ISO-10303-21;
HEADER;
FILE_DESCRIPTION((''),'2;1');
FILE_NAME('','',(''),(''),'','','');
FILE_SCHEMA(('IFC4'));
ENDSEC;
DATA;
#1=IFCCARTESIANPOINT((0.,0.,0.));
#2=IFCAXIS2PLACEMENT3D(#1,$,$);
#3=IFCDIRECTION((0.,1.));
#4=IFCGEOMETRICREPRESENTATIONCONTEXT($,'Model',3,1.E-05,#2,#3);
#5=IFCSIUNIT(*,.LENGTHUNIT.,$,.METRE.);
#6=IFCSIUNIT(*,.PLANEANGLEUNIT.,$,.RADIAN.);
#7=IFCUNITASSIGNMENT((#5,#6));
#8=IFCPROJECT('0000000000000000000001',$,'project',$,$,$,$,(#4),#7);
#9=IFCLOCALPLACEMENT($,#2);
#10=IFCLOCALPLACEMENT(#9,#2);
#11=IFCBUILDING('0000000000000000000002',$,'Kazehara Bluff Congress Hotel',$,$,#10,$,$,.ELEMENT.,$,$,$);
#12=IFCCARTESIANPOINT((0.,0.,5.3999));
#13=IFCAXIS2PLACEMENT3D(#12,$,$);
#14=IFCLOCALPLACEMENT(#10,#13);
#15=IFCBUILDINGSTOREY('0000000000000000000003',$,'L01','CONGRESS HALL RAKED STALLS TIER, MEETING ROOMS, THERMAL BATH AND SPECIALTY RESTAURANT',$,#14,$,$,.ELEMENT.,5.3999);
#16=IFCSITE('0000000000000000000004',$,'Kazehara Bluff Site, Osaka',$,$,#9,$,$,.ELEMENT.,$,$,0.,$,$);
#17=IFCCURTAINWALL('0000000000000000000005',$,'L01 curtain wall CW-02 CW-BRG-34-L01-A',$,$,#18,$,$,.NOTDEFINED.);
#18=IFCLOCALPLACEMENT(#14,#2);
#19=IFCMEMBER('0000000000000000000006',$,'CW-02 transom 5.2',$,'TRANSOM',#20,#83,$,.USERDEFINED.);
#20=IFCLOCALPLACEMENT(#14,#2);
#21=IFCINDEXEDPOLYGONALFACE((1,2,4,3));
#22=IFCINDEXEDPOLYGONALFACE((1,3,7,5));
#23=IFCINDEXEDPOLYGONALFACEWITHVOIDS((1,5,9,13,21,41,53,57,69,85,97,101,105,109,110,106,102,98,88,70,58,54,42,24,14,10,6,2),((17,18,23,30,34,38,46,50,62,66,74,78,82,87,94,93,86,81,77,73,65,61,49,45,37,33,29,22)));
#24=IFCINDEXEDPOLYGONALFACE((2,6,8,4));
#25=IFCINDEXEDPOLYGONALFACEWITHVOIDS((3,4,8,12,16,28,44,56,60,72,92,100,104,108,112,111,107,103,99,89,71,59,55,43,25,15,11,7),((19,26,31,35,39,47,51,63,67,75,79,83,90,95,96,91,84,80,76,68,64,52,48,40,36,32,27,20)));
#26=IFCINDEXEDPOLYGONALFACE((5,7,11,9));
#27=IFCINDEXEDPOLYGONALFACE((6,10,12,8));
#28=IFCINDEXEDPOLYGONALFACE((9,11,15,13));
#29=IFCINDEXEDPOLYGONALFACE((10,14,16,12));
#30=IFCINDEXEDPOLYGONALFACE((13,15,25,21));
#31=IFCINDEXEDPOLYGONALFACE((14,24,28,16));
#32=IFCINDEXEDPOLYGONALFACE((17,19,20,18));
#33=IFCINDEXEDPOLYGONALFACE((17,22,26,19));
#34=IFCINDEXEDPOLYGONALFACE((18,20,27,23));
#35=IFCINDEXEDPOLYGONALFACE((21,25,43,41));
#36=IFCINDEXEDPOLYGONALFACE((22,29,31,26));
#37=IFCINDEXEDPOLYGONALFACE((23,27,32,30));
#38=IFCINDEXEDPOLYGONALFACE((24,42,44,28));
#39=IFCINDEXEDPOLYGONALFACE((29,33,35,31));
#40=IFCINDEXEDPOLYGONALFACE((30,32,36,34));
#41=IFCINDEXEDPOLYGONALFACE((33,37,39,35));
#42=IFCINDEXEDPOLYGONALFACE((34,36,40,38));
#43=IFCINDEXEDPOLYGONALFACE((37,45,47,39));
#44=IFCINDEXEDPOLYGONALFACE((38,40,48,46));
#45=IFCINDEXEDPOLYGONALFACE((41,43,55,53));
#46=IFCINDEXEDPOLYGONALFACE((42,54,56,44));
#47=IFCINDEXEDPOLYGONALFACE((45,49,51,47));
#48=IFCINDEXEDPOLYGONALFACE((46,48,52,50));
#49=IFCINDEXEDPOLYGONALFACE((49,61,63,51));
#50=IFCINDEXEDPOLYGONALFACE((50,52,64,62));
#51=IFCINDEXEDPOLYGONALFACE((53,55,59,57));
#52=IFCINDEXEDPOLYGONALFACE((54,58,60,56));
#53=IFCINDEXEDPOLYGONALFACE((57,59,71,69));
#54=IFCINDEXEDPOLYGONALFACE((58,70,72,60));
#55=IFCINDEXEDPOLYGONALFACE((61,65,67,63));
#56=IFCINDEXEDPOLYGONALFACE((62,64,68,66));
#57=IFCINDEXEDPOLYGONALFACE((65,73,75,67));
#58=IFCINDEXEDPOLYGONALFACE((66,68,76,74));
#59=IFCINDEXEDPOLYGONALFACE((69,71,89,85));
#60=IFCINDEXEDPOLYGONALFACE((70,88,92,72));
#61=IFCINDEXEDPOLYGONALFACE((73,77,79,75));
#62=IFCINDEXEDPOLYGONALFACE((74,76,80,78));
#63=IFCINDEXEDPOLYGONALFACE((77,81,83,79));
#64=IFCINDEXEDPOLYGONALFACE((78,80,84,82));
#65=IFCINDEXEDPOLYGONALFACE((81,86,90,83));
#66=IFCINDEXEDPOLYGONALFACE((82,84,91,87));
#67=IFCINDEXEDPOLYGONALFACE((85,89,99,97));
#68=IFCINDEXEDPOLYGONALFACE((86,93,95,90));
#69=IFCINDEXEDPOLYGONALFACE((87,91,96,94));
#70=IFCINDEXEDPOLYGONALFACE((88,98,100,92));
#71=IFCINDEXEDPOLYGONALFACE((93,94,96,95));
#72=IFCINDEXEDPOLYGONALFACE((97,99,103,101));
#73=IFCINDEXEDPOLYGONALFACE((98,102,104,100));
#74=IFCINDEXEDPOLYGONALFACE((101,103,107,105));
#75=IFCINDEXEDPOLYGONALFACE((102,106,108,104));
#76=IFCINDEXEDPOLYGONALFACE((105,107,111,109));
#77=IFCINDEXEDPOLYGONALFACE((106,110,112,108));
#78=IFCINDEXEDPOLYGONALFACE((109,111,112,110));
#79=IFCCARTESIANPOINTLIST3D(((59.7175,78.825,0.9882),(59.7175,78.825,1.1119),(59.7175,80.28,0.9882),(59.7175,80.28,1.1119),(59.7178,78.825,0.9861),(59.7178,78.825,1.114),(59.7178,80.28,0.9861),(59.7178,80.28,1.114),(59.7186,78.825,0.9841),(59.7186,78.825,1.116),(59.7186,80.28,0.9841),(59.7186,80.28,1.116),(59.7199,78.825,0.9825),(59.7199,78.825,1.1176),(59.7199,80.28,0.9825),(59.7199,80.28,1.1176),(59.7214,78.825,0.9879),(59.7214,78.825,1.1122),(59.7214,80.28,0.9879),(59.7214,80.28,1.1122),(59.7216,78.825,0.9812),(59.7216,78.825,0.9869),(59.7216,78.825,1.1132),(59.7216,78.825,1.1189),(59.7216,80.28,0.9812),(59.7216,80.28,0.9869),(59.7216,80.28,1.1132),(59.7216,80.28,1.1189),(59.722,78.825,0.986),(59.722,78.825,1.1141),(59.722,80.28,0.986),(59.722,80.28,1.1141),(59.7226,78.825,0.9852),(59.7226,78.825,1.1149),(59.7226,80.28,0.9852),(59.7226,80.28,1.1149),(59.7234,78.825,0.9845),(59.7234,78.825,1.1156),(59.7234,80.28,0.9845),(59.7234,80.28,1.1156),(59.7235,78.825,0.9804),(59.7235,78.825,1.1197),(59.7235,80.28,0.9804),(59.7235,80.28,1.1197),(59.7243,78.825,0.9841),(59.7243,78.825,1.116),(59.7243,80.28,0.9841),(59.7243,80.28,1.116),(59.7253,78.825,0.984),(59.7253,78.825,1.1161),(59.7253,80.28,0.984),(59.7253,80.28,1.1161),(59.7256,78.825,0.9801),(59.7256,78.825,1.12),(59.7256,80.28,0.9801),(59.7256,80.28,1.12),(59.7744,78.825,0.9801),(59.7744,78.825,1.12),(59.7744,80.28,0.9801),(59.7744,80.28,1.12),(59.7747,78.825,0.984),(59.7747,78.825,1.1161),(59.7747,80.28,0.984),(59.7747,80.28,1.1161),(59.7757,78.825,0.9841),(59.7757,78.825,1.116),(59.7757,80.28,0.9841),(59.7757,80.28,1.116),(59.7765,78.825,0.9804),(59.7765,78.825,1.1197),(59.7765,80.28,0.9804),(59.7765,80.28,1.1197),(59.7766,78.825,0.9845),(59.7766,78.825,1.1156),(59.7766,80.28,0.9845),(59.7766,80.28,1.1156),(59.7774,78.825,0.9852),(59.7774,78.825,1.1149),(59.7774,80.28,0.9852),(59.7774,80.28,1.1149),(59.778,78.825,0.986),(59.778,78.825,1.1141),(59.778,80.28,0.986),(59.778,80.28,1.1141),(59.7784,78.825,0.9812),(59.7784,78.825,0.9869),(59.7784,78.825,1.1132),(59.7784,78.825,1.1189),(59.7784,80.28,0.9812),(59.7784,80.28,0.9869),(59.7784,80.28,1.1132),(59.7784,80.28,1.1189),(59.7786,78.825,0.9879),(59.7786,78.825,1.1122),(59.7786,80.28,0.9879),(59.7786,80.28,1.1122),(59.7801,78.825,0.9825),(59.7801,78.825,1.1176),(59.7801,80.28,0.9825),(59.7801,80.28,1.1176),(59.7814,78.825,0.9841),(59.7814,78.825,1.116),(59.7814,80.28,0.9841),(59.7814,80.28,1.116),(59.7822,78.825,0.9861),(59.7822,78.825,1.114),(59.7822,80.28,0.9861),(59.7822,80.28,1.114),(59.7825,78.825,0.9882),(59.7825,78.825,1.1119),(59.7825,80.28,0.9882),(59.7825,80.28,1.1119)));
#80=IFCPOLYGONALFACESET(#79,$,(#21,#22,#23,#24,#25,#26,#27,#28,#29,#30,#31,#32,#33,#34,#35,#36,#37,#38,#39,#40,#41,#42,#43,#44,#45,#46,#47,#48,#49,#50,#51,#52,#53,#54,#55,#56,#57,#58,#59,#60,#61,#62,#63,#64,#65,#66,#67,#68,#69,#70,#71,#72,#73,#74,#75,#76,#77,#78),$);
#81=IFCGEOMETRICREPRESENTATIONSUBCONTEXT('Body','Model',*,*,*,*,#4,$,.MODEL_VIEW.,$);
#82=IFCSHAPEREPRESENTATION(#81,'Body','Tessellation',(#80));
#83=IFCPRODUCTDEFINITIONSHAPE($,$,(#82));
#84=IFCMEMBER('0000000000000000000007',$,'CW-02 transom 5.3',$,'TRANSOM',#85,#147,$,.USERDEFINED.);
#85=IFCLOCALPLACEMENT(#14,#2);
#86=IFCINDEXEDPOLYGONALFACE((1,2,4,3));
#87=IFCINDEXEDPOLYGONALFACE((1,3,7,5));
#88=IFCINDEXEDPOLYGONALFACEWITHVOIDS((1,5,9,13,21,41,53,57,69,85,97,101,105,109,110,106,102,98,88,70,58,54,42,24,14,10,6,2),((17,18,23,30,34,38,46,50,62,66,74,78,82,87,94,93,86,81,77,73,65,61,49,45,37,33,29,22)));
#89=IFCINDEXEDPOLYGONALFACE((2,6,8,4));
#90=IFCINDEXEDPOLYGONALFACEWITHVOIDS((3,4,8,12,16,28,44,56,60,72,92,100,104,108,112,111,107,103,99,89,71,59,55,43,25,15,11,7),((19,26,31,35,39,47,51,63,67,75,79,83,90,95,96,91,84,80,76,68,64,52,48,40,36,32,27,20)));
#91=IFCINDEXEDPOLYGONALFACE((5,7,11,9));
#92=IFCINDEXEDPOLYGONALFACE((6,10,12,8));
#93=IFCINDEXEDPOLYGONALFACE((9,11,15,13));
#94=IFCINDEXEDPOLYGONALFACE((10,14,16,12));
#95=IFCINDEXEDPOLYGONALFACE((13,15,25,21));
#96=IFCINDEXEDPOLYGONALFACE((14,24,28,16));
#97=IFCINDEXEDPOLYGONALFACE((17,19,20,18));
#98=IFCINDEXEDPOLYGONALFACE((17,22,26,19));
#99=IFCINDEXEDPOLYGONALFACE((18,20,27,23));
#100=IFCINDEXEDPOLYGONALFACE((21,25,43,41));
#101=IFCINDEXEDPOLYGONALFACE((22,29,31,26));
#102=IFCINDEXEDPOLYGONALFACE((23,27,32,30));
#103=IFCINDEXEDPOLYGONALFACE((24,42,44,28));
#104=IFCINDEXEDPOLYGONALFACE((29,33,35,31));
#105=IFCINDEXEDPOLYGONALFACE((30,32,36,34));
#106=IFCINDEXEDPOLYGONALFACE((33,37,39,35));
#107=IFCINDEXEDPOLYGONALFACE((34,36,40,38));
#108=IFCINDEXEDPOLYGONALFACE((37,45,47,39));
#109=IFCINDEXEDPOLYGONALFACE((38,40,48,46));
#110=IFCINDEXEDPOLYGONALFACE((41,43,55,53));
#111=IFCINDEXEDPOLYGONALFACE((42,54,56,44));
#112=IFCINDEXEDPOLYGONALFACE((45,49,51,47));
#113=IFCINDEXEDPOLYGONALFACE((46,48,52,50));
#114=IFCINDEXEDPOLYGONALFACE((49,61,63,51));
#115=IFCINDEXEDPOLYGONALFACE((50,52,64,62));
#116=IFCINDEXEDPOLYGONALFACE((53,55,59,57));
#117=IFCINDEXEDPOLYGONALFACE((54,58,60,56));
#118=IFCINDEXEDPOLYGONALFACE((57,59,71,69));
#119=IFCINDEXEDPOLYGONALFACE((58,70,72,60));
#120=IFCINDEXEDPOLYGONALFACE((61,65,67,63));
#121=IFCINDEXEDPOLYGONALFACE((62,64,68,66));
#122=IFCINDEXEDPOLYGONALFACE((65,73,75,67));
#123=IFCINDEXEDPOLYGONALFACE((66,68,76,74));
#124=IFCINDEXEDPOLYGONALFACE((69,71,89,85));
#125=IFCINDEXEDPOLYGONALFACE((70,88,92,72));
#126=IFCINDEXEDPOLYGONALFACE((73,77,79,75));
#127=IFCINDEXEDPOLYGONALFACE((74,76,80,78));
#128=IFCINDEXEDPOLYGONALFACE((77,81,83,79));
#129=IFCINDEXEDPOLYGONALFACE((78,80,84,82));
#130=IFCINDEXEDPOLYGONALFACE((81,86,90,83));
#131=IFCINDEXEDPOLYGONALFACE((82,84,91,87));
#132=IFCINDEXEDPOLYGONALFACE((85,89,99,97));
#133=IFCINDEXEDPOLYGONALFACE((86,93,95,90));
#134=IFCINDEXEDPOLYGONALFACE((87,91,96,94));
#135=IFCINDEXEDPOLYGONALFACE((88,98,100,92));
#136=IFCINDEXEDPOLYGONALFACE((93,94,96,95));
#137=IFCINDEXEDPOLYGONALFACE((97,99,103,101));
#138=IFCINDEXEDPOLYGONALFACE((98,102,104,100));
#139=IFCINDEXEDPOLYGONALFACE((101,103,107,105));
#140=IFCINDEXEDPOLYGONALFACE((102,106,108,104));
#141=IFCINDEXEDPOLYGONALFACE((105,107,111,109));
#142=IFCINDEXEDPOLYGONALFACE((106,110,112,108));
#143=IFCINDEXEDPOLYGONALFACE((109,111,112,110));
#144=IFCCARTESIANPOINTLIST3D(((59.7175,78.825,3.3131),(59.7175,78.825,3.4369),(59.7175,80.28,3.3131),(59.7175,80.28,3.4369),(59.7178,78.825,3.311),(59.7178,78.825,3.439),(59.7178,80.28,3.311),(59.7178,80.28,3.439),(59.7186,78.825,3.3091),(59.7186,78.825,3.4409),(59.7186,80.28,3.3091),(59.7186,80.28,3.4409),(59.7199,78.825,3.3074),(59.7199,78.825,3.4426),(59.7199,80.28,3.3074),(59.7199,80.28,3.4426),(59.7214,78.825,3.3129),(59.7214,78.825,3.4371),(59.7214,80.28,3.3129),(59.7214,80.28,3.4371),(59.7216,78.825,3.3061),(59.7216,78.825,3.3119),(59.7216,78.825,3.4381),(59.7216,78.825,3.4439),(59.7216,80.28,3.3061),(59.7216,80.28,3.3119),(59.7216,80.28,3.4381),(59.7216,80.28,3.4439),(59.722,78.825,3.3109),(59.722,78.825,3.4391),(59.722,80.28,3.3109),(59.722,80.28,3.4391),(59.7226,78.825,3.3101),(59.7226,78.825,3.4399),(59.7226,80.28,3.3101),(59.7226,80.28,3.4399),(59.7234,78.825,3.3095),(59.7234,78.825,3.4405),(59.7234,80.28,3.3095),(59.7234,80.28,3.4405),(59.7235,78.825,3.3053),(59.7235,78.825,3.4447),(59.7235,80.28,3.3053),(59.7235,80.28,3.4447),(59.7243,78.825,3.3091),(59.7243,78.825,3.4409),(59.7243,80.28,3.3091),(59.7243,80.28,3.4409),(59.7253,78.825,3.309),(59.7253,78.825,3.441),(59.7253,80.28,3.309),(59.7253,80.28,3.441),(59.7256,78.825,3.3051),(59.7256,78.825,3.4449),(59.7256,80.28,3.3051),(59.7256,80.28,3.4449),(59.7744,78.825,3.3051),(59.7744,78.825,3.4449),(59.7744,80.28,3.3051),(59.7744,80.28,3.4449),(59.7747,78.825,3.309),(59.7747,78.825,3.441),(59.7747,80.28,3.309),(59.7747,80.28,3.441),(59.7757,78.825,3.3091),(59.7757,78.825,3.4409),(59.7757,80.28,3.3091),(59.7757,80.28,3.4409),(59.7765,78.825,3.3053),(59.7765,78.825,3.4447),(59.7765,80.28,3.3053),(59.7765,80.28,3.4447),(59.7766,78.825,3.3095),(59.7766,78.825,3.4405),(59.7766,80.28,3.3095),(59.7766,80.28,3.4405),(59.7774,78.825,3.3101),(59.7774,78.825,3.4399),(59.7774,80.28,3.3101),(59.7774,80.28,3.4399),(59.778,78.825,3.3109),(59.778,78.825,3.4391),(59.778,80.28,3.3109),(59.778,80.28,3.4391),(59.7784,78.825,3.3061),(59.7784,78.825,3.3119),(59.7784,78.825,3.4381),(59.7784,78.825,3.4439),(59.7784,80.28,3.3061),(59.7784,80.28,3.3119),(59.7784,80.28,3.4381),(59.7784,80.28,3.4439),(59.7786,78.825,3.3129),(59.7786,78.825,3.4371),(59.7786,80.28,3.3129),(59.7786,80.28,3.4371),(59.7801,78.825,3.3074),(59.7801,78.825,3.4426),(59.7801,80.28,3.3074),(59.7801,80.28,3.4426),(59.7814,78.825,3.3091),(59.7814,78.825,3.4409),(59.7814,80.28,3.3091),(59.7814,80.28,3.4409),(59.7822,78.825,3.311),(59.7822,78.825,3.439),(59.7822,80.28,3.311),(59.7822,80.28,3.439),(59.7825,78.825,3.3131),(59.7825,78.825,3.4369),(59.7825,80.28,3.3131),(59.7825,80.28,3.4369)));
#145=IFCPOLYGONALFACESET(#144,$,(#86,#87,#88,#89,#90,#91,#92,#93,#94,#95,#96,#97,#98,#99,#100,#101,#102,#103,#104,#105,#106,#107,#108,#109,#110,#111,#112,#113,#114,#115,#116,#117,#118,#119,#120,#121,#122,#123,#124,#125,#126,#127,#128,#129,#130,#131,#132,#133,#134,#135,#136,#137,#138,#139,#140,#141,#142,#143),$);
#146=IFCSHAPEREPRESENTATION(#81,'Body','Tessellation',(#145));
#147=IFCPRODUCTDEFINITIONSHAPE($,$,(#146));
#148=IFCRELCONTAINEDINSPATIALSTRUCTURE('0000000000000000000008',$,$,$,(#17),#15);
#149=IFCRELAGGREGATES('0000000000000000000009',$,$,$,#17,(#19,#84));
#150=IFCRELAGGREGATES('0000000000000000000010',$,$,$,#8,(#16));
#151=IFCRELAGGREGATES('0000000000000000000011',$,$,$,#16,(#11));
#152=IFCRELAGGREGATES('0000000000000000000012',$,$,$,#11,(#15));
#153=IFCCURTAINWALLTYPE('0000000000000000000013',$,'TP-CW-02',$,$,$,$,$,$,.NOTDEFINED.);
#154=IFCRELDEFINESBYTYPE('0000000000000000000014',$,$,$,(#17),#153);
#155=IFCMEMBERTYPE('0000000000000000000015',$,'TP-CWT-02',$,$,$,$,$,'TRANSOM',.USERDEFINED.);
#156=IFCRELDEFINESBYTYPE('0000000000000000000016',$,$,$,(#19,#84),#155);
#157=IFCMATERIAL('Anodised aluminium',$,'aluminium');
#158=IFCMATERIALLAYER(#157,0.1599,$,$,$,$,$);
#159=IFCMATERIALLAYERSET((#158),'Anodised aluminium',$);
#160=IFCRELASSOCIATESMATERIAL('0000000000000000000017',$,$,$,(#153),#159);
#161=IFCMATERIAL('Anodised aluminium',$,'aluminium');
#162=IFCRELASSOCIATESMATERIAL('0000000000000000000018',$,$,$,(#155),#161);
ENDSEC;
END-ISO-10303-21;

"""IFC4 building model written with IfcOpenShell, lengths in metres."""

from ifc_helpers import new_model, si_unit, direction, frame, origin, origin_2d, place, context, subcontext, project, spatial, hollow_rectangle, extrude, material, layer, layer_set, material_profile, profile_set, type_object, element, aggregate, save


model = new_model("IFC4")

# Units and contexts
model_context = context("Model", 3, precision=1e-05, world=origin(), true_north=direction((0.0, 1.0)))
body_context = subcontext(model_context, "Body", "Model", "MODEL_VIEW")
ifc_project = project(units=[si_unit("LENGTHUNIT", "METRE"), si_unit("PLANEANGLEUNIT", "RADIAN")], contexts=[model_context])

# Site, building, storey
site_placement = place(None, origin())
site = spatial("IfcSite", under=ifc_project, at=site_placement, Name="Kazehara Bluff Site, Osaka", CompositionType="ELEMENT", RefElevation=0.0)
building_placement = place(site_placement, origin())
building = spatial("IfcBuilding", under=site, at=building_placement, Name="Kazehara Bluff Congress Hotel", CompositionType="ELEMENT")
storey_placement = place(building_placement, frame((0.0, 0.0, 5.3999)))
storey = spatial("IfcBuildingStorey", under=building, at=storey_placement, Name="L01", Description="CONGRESS HALL RAKED STALLS TIER, MEETING ROOMS, THERMAL BATH AND SPECIALTY RESTAURANT", CompositionType="ELEMENT", Elevation=5.3999)

# Curtain wall, members
ifc_material_1 = material(Name="Anodised aluminium", Category="aluminium")
ifc_layer_1 = layer(ifc_material_1, 0.1599)
ifc_layer_set_1 = layer_set([ifc_layer_1], Name="Anodised aluminium")
curtain_wall_type_1 = type_object("IfcCurtainWallType", Name="TP-CW-02", PredefinedType="NOTDEFINED", material=ifc_layer_set_1)
curtain_wall_1_placement = place(storey_placement, origin())
curtain_wall_1 = element("IfcCurtainWall", 1, at=curtain_wall_1_placement, inside=storey, type_object=curtain_wall_type_1, Name="L01 curtain wall CW-02 CW-BRG-34-L01-A", PredefinedType="NOTDEFINED")
ifc_material_2 = material(Name="Anodised aluminium", Category="aluminium")
ifc_material_profile_1 = material_profile(ifc_material_2, hollow_rectangle(XDim=0.0649, YDim=0.1399, WallThickness=0.0039, InnerFilletRadius=0.0039, OuterFilletRadius=0.0081, at=origin_2d()))
ifc_profile_set_1 = profile_set([ifc_material_profile_1], Name="Anodised aluminium")
member_type_1 = type_object("IfcMemberType", Name="TP-CWT-02", ElementType="TRANSOM", PredefinedType="USERDEFINED", material=ifc_profile_set_1)
member_1_placement = place(storey_placement, frame((59.75, 78.825, 1.05), z_axis=(0.0, 1.0, 0.0), x_axis=(-1.0, 0.0, 0.0)))
member_1 = element("IfcMember", 2, at=member_1_placement, type_object=member_type_1, Name="CW-02 transom 5.2", ObjectType="TRANSOM", PredefinedType="USERDEFINED", context=body_context, shape_type="SweptSolid", body=[
    extrude(hollow_rectangle(XDim=0.0649, YDim=0.1399, WallThickness=0.0039, InnerFilletRadius=0.0039, OuterFilletRadius=0.0081, at=origin_2d()), origin(), (0.0, 0.0, 1.0), 1.4551),
])
member_2_placement = place(storey_placement, frame((59.75, 78.825, 3.375), z_axis=(0.0, 1.0, 0.0), x_axis=(-1.0, 0.0, 0.0)))
member_2 = element("IfcMember", 3, at=member_2_placement, type_object=member_type_1, Name="CW-02 transom 5.3", ObjectType="TRANSOM", PredefinedType="USERDEFINED", context=body_context, shape_type="SweptSolid", body=[
    extrude(hollow_rectangle(XDim=0.0649, YDim=0.1399, WallThickness=0.0039, InnerFilletRadius=0.0039, OuterFilletRadius=0.0081, at=origin_2d()), origin(), (0.0, 0.0, 1.0), 1.4551),
])

aggregate(curtain_wall_1, [member_1, member_2])

save(model, "model.ifc")
